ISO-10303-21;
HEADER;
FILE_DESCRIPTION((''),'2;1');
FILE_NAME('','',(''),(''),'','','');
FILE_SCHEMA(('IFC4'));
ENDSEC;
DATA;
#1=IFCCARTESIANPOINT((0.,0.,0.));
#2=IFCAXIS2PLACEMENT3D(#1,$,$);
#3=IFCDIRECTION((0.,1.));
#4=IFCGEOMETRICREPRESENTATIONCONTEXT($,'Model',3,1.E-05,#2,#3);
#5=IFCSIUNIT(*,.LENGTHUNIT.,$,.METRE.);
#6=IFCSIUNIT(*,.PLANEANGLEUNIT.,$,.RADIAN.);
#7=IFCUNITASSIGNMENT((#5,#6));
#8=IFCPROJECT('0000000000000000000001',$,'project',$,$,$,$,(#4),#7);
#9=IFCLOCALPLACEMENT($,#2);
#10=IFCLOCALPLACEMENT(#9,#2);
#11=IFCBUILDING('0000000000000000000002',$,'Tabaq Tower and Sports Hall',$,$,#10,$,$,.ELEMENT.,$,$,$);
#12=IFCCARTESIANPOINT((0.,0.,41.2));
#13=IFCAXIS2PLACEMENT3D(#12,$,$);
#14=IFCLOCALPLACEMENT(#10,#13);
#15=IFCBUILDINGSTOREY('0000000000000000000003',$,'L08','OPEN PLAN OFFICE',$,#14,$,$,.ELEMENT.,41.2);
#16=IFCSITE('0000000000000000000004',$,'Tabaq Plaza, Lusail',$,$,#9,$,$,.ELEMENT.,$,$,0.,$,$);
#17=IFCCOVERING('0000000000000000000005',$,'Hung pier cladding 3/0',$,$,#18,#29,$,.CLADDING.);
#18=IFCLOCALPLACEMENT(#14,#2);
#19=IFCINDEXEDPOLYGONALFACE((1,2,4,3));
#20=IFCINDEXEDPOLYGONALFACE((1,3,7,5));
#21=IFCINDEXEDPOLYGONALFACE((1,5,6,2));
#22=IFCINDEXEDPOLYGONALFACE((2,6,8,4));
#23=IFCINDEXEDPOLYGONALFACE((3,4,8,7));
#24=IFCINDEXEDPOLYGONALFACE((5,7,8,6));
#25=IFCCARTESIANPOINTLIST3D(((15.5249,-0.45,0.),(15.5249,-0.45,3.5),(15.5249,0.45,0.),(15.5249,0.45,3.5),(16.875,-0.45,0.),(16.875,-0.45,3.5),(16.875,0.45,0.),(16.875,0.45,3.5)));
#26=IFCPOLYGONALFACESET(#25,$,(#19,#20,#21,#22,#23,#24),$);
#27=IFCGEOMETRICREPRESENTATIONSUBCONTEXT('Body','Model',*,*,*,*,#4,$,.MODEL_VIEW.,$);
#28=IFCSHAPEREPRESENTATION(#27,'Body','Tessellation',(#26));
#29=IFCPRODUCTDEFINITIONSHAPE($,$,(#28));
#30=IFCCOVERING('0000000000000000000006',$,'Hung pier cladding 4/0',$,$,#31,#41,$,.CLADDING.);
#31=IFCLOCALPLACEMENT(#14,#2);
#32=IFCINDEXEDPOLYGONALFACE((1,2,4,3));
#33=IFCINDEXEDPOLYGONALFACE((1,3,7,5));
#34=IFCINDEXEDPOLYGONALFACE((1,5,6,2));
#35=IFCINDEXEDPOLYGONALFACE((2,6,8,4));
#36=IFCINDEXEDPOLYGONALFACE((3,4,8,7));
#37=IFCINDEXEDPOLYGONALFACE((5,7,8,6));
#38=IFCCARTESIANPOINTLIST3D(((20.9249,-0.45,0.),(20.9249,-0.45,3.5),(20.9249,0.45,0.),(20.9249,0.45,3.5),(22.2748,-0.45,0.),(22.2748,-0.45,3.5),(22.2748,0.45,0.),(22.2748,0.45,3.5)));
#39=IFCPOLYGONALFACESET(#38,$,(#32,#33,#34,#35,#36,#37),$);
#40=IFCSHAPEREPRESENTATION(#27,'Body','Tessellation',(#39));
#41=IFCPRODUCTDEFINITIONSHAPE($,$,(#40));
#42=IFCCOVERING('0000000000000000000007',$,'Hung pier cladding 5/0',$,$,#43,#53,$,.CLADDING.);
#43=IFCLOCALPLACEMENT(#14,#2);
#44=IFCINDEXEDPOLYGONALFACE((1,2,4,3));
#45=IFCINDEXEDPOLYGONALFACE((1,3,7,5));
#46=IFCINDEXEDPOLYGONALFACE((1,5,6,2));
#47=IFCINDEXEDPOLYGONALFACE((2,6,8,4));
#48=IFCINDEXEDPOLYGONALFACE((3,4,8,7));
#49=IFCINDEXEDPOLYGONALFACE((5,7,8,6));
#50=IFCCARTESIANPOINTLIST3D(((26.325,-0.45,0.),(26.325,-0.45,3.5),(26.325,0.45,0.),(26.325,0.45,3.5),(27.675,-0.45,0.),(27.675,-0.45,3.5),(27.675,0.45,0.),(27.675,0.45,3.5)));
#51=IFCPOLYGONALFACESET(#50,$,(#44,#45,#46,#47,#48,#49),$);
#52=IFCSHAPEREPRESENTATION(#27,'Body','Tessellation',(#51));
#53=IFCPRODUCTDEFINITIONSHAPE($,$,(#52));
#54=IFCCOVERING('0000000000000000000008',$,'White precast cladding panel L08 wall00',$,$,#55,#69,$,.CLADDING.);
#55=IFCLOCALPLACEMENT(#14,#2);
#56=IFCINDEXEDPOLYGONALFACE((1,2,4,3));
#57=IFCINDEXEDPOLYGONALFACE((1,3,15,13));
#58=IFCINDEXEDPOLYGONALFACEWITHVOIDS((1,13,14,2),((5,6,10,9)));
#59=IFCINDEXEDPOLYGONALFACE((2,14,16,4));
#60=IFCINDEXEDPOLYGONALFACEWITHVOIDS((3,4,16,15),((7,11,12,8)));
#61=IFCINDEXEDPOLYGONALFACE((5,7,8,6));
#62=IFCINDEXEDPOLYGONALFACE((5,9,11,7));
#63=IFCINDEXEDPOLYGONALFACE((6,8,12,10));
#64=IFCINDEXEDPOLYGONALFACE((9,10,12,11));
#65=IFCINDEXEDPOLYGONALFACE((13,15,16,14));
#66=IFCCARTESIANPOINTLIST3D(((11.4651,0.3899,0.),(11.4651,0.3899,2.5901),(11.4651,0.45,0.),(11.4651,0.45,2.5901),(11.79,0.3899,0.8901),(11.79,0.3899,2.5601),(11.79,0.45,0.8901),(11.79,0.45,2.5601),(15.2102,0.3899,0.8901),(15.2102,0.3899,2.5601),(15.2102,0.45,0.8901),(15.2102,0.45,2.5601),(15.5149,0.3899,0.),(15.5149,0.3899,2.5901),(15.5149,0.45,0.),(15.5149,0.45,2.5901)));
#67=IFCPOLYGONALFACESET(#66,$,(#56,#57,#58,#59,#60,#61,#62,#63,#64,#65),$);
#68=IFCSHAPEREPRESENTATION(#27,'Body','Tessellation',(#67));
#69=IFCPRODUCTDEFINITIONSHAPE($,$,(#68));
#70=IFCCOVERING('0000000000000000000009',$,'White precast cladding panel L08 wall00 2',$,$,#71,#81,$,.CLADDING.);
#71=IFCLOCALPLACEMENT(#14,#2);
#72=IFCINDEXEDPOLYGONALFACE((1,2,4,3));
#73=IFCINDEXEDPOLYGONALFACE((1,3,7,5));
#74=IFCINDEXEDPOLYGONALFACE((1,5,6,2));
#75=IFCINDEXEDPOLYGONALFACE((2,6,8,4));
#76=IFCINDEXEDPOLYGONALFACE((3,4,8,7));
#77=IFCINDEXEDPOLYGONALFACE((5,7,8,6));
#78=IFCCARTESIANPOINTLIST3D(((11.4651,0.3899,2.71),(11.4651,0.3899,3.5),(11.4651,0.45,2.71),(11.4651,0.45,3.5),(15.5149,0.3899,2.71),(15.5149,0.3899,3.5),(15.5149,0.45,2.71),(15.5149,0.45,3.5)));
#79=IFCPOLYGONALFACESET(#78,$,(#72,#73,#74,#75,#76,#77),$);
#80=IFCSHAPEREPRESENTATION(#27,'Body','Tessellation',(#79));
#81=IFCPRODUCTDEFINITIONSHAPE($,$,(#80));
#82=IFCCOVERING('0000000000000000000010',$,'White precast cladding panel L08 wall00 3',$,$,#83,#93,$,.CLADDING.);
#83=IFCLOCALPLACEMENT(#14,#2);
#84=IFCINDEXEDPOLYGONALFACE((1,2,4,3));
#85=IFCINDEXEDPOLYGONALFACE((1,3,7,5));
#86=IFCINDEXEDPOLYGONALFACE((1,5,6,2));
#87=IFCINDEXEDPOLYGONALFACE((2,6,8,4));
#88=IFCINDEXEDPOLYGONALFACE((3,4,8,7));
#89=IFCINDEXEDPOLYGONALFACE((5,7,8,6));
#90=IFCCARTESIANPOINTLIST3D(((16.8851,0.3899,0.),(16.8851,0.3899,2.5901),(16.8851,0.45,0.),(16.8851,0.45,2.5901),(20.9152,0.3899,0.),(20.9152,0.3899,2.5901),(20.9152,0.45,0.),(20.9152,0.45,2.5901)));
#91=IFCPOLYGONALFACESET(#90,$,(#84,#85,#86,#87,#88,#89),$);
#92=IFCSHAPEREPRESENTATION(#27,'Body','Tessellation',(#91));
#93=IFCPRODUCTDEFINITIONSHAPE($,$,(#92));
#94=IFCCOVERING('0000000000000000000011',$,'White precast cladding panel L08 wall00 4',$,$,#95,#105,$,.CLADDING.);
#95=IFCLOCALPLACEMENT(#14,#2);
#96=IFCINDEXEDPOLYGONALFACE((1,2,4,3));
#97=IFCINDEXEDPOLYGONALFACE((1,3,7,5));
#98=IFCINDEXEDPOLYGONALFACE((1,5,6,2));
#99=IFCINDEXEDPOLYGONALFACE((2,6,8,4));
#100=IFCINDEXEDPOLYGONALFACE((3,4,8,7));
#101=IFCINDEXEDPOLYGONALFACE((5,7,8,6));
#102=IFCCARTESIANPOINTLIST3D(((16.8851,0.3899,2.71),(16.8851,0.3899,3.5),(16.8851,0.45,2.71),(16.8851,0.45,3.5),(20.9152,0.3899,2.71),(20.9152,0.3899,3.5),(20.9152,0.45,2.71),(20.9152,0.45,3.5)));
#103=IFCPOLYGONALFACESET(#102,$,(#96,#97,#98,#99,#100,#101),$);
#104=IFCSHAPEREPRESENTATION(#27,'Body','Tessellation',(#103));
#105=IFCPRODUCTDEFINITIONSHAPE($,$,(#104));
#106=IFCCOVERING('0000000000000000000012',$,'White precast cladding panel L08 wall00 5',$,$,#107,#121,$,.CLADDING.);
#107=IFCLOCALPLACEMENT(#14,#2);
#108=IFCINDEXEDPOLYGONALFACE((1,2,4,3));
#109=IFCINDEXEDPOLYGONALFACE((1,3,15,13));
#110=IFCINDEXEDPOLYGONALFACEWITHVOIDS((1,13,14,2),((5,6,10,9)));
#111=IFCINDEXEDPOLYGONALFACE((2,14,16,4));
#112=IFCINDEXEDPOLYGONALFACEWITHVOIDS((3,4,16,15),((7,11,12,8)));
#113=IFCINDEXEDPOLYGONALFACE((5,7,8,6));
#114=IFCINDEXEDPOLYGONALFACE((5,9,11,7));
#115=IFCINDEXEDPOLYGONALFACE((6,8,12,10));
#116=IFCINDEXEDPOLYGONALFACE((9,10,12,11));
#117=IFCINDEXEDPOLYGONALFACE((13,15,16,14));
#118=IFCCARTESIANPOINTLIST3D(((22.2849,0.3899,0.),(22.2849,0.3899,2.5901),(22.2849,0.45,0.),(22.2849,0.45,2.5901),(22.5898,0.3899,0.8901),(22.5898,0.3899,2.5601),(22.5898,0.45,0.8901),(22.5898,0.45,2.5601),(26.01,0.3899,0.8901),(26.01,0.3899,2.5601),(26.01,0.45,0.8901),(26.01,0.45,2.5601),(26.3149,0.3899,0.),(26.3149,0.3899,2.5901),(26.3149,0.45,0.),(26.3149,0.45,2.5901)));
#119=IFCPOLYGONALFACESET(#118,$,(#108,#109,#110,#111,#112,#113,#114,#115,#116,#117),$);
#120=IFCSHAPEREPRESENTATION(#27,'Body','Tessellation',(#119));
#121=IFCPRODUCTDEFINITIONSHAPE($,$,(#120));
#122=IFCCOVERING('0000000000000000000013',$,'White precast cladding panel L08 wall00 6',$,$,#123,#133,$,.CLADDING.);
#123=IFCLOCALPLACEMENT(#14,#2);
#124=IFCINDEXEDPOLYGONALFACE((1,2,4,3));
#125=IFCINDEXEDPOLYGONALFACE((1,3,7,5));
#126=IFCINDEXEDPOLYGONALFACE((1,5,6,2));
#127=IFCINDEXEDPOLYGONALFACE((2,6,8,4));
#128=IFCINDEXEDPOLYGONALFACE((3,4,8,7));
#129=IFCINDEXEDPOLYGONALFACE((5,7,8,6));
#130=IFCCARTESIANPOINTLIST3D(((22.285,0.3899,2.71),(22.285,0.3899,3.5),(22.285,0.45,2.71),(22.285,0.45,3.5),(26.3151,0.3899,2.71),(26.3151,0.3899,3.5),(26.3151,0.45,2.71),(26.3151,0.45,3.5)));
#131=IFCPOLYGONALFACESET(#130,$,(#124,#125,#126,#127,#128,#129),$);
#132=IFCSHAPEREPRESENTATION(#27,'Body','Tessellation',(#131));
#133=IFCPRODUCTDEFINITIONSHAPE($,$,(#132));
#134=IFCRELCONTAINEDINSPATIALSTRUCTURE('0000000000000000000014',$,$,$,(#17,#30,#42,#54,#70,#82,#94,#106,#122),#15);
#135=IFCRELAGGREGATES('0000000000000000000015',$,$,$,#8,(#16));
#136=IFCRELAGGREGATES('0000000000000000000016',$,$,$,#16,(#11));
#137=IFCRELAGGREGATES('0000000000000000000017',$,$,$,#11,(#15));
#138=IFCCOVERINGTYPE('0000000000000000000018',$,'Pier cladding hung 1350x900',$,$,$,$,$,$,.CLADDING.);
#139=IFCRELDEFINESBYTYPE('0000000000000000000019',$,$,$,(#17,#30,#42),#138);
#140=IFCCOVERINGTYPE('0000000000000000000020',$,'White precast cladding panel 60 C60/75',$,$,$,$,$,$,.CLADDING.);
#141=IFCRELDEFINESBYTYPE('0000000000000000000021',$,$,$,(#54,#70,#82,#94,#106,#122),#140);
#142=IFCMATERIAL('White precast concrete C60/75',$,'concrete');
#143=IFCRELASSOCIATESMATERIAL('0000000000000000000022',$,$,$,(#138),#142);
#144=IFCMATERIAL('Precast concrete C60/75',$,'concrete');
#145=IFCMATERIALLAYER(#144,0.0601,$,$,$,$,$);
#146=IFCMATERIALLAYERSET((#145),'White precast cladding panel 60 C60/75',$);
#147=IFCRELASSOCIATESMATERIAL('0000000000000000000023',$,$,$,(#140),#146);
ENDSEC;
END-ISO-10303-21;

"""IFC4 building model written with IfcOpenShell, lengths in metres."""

from ifc_helpers import new_model, si_unit, direction, frame, frame_2d, origin, place, context, subcontext, project, spatial, polyline, rectangle, outline, extrude, material, layer, layer_set, type_object, element, save


model = new_model("IFC4")

# Units and contexts
model_context = context("Model", 3, precision=1e-05, world=origin(), true_north=direction((0.0, 1.0)))
body_context = subcontext(model_context, "Body", "Model", "MODEL_VIEW")
ifc_project = project(units=[si_unit("LENGTHUNIT", "METRE"), si_unit("PLANEANGLEUNIT", "RADIAN")], contexts=[model_context])

# Site, building, storey
site_placement = place(None, origin())
site = spatial("IfcSite", under=ifc_project, at=site_placement, Name="Tabaq Plaza, Lusail", CompositionType="ELEMENT", RefElevation=0.0)
building_placement = place(site_placement, origin())
building = spatial("IfcBuilding", under=site, at=building_placement, Name="Tabaq Tower and Sports Hall", CompositionType="ELEMENT")
storey_placement = place(building_placement, frame((0.0, 0.0, 41.2)))
storey = spatial("IfcBuildingStorey", under=building, at=storey_placement, Name="L08", Description="OPEN PLAN OFFICE", CompositionType="ELEMENT", Elevation=41.2)

# Coverings
ifc_material_1 = material(Name="White precast concrete C60/75", Category="concrete")
covering_type_1 = type_object("IfcCoveringType", Name="Pier cladding hung 1350x900", PredefinedType="CLADDING", material=ifc_material_1)
covering_1_placement = place(storey_placement, frame((15.5249, 0.0, 0.0), z_axis=(0.0, 0.0, 1.0), x_axis=(1.0, 0.0, 0.0)))
element("IfcCovering", 1, at=covering_1_placement, inside=storey, type_object=covering_type_1, Name="Hung pier cladding 3/0", PredefinedType="CLADDING", context=body_context, shape_type="SweptSolid", body=[
    extrude(rectangle(XDim=1.3501, YDim=0.8999, at=frame_2d((0.675, 0.0))), origin(), (0.0, 0.0, 1.0), 3.5),
])
covering_2_placement = place(storey_placement, frame((20.925, 0.0, 0.0), z_axis=(0.0, 0.0, 1.0), x_axis=(1.0, 0.0, 0.0)))
element("IfcCovering", 2, at=covering_2_placement, inside=storey, type_object=covering_type_1, Name="Hung pier cladding 4/0", PredefinedType="CLADDING", context=body_context, shape_type="SweptSolid", body=[
    extrude(rectangle(XDim=1.3499, YDim=0.8999, at=frame_2d((0.6748, 0.0))), origin(), (0.0, 0.0, 1.0), 3.5),
])
covering_3_placement = place(storey_placement, frame((26.325, 0.0, 0.0), z_axis=(0.0, 0.0, 1.0), x_axis=(1.0, 0.0, 0.0)))
element("IfcCovering", 3, at=covering_3_placement, inside=storey, type_object=covering_type_1, Name="Hung pier cladding 5/0", PredefinedType="CLADDING", context=body_context, shape_type="SweptSolid", body=[
    extrude(rectangle(XDim=1.3501, YDim=0.8999, at=frame_2d((0.675, 0.0))), origin(), (0.0, 0.0, 1.0), 3.5),
])
ifc_material_2 = material(Name="Precast concrete C60/75", Category="concrete")
ifc_layer_1 = layer(ifc_material_2, 0.0601)
ifc_layer_set_1 = layer_set([ifc_layer_1], Name="White precast cladding panel 60 C60/75")
covering_type_2 = type_object("IfcCoveringType", Name="White precast cladding panel 60 C60/75", PredefinedType="CLADDING", material=ifc_layer_set_1)
covering_4_placement = place(storey_placement, frame((11.4651, 0.4199, 0.0), z_axis=(0.0, 0.0, 1.0), x_axis=(1.0, 0.0, 0.0)))
element("IfcCovering", 4, at=covering_4_placement, inside=storey, type_object=covering_type_2, Name="White precast cladding panel L08 wall00", PredefinedType="CLADDING", context=body_context, shape_type="SweptSolid", body=[
    extrude(outline(polyline([(0.0, 0.0), (4.0498, 0.0), (4.0498, 2.5901), (0.0, 2.5901), (0.0, 0.0)]), holes=[polyline([(3.7451, 0.8901), (0.325, 0.8901), (0.325, 2.5601), (3.7451, 2.5601), (3.7451, 0.8901)])]), frame((0.0, 0.03, 0.0), z_axis=(0.0, -1.0, 0.0), x_axis=(1.0, 0.0, 0.0)), (0.0, 0.0, 1.0), 0.0601),
])
covering_5_placement = place(storey_placement, frame((11.4651, 0.4199, 2.71), z_axis=(0.0, 0.0, 1.0), x_axis=(1.0, 0.0, 0.0)))
element("IfcCovering", 5, at=covering_5_placement, inside=storey, type_object=covering_type_2, Name="White precast cladding panel L08 wall00 2", PredefinedType="CLADDING", context=body_context, shape_type="SweptSolid", body=[
    extrude(rectangle(XDim=4.0498, YDim=0.0601, at=frame_2d((2.0249, 0.0))), origin(), (0.0, 0.0, 1.0), 0.79),
])
covering_6_placement = place(storey_placement, frame((16.885, 0.4199, 0.0), z_axis=(0.0, 0.0, 1.0), x_axis=(1.0, 0.0, 0.0)))
element("IfcCovering", 6, at=covering_6_placement, inside=storey, type_object=covering_type_2, Name="White precast cladding panel L08 wall00 3", PredefinedType="CLADDING", context=body_context, shape_type="SweptSolid", body=[
    extrude(rectangle(XDim=4.03, YDim=0.0601, at=frame_2d((2.0151, 0.0))), origin(), (0.0, 0.0, 1.0), 2.5901),
])
covering_7_placement = place(storey_placement, frame((16.885, 0.4199, 2.71), z_axis=(0.0, 0.0, 1.0), x_axis=(1.0, 0.0, 0.0)))
element("IfcCovering", 7, at=covering_7_placement, inside=storey, type_object=covering_type_2, Name="White precast cladding panel L08 wall00 4", PredefinedType="CLADDING", context=body_context, shape_type="SweptSolid", body=[
    extrude(rectangle(XDim=4.03, YDim=0.0601, at=frame_2d((2.0151, 0.0))), origin(), (0.0, 0.0, 1.0), 0.79),
])
covering_8_placement = place(storey_placement, frame((22.2849, 0.4199, 0.0), z_axis=(0.0, 0.0, 1.0), x_axis=(1.0, 0.0, 0.0)))
element("IfcCovering", 8, at=covering_8_placement, inside=storey, type_object=covering_type_2, Name="White precast cladding panel L08 wall00 5", PredefinedType="CLADDING", context=body_context, shape_type="SweptSolid", body=[
    extrude(outline(polyline([(0.0, 0.0), (4.03, 0.0), (4.03, 2.5901), (0.0, 2.5901), (0.0, 0.0)]), holes=[polyline([(3.7251, 0.8901), (0.3049, 0.8901), (0.3049, 2.5601), (3.7251, 2.5601), (3.7251, 0.8901)])]), frame((0.0, 0.03, 0.0), z_axis=(0.0, -1.0, 0.0), x_axis=(1.0, 0.0, 0.0)), (0.0, 0.0, 1.0), 0.0601),
])
covering_9_placement = place(storey_placement, frame((22.2849, 0.4199, 2.71), z_axis=(0.0, 0.0, 1.0), x_axis=(1.0, 0.0, 0.0)))
element("IfcCovering", 9, at=covering_9_placement, inside=storey, type_object=covering_type_2, Name="White precast cladding panel L08 wall00 6", PredefinedType="CLADDING", context=body_context, shape_type="SweptSolid", body=[
    extrude(rectangle(XDim=4.03, YDim=0.0601, at=frame_2d((2.0151, 0.0))), origin(), (0.0, 0.0, 1.0), 0.79),
])

save(model, "model.ifc")
